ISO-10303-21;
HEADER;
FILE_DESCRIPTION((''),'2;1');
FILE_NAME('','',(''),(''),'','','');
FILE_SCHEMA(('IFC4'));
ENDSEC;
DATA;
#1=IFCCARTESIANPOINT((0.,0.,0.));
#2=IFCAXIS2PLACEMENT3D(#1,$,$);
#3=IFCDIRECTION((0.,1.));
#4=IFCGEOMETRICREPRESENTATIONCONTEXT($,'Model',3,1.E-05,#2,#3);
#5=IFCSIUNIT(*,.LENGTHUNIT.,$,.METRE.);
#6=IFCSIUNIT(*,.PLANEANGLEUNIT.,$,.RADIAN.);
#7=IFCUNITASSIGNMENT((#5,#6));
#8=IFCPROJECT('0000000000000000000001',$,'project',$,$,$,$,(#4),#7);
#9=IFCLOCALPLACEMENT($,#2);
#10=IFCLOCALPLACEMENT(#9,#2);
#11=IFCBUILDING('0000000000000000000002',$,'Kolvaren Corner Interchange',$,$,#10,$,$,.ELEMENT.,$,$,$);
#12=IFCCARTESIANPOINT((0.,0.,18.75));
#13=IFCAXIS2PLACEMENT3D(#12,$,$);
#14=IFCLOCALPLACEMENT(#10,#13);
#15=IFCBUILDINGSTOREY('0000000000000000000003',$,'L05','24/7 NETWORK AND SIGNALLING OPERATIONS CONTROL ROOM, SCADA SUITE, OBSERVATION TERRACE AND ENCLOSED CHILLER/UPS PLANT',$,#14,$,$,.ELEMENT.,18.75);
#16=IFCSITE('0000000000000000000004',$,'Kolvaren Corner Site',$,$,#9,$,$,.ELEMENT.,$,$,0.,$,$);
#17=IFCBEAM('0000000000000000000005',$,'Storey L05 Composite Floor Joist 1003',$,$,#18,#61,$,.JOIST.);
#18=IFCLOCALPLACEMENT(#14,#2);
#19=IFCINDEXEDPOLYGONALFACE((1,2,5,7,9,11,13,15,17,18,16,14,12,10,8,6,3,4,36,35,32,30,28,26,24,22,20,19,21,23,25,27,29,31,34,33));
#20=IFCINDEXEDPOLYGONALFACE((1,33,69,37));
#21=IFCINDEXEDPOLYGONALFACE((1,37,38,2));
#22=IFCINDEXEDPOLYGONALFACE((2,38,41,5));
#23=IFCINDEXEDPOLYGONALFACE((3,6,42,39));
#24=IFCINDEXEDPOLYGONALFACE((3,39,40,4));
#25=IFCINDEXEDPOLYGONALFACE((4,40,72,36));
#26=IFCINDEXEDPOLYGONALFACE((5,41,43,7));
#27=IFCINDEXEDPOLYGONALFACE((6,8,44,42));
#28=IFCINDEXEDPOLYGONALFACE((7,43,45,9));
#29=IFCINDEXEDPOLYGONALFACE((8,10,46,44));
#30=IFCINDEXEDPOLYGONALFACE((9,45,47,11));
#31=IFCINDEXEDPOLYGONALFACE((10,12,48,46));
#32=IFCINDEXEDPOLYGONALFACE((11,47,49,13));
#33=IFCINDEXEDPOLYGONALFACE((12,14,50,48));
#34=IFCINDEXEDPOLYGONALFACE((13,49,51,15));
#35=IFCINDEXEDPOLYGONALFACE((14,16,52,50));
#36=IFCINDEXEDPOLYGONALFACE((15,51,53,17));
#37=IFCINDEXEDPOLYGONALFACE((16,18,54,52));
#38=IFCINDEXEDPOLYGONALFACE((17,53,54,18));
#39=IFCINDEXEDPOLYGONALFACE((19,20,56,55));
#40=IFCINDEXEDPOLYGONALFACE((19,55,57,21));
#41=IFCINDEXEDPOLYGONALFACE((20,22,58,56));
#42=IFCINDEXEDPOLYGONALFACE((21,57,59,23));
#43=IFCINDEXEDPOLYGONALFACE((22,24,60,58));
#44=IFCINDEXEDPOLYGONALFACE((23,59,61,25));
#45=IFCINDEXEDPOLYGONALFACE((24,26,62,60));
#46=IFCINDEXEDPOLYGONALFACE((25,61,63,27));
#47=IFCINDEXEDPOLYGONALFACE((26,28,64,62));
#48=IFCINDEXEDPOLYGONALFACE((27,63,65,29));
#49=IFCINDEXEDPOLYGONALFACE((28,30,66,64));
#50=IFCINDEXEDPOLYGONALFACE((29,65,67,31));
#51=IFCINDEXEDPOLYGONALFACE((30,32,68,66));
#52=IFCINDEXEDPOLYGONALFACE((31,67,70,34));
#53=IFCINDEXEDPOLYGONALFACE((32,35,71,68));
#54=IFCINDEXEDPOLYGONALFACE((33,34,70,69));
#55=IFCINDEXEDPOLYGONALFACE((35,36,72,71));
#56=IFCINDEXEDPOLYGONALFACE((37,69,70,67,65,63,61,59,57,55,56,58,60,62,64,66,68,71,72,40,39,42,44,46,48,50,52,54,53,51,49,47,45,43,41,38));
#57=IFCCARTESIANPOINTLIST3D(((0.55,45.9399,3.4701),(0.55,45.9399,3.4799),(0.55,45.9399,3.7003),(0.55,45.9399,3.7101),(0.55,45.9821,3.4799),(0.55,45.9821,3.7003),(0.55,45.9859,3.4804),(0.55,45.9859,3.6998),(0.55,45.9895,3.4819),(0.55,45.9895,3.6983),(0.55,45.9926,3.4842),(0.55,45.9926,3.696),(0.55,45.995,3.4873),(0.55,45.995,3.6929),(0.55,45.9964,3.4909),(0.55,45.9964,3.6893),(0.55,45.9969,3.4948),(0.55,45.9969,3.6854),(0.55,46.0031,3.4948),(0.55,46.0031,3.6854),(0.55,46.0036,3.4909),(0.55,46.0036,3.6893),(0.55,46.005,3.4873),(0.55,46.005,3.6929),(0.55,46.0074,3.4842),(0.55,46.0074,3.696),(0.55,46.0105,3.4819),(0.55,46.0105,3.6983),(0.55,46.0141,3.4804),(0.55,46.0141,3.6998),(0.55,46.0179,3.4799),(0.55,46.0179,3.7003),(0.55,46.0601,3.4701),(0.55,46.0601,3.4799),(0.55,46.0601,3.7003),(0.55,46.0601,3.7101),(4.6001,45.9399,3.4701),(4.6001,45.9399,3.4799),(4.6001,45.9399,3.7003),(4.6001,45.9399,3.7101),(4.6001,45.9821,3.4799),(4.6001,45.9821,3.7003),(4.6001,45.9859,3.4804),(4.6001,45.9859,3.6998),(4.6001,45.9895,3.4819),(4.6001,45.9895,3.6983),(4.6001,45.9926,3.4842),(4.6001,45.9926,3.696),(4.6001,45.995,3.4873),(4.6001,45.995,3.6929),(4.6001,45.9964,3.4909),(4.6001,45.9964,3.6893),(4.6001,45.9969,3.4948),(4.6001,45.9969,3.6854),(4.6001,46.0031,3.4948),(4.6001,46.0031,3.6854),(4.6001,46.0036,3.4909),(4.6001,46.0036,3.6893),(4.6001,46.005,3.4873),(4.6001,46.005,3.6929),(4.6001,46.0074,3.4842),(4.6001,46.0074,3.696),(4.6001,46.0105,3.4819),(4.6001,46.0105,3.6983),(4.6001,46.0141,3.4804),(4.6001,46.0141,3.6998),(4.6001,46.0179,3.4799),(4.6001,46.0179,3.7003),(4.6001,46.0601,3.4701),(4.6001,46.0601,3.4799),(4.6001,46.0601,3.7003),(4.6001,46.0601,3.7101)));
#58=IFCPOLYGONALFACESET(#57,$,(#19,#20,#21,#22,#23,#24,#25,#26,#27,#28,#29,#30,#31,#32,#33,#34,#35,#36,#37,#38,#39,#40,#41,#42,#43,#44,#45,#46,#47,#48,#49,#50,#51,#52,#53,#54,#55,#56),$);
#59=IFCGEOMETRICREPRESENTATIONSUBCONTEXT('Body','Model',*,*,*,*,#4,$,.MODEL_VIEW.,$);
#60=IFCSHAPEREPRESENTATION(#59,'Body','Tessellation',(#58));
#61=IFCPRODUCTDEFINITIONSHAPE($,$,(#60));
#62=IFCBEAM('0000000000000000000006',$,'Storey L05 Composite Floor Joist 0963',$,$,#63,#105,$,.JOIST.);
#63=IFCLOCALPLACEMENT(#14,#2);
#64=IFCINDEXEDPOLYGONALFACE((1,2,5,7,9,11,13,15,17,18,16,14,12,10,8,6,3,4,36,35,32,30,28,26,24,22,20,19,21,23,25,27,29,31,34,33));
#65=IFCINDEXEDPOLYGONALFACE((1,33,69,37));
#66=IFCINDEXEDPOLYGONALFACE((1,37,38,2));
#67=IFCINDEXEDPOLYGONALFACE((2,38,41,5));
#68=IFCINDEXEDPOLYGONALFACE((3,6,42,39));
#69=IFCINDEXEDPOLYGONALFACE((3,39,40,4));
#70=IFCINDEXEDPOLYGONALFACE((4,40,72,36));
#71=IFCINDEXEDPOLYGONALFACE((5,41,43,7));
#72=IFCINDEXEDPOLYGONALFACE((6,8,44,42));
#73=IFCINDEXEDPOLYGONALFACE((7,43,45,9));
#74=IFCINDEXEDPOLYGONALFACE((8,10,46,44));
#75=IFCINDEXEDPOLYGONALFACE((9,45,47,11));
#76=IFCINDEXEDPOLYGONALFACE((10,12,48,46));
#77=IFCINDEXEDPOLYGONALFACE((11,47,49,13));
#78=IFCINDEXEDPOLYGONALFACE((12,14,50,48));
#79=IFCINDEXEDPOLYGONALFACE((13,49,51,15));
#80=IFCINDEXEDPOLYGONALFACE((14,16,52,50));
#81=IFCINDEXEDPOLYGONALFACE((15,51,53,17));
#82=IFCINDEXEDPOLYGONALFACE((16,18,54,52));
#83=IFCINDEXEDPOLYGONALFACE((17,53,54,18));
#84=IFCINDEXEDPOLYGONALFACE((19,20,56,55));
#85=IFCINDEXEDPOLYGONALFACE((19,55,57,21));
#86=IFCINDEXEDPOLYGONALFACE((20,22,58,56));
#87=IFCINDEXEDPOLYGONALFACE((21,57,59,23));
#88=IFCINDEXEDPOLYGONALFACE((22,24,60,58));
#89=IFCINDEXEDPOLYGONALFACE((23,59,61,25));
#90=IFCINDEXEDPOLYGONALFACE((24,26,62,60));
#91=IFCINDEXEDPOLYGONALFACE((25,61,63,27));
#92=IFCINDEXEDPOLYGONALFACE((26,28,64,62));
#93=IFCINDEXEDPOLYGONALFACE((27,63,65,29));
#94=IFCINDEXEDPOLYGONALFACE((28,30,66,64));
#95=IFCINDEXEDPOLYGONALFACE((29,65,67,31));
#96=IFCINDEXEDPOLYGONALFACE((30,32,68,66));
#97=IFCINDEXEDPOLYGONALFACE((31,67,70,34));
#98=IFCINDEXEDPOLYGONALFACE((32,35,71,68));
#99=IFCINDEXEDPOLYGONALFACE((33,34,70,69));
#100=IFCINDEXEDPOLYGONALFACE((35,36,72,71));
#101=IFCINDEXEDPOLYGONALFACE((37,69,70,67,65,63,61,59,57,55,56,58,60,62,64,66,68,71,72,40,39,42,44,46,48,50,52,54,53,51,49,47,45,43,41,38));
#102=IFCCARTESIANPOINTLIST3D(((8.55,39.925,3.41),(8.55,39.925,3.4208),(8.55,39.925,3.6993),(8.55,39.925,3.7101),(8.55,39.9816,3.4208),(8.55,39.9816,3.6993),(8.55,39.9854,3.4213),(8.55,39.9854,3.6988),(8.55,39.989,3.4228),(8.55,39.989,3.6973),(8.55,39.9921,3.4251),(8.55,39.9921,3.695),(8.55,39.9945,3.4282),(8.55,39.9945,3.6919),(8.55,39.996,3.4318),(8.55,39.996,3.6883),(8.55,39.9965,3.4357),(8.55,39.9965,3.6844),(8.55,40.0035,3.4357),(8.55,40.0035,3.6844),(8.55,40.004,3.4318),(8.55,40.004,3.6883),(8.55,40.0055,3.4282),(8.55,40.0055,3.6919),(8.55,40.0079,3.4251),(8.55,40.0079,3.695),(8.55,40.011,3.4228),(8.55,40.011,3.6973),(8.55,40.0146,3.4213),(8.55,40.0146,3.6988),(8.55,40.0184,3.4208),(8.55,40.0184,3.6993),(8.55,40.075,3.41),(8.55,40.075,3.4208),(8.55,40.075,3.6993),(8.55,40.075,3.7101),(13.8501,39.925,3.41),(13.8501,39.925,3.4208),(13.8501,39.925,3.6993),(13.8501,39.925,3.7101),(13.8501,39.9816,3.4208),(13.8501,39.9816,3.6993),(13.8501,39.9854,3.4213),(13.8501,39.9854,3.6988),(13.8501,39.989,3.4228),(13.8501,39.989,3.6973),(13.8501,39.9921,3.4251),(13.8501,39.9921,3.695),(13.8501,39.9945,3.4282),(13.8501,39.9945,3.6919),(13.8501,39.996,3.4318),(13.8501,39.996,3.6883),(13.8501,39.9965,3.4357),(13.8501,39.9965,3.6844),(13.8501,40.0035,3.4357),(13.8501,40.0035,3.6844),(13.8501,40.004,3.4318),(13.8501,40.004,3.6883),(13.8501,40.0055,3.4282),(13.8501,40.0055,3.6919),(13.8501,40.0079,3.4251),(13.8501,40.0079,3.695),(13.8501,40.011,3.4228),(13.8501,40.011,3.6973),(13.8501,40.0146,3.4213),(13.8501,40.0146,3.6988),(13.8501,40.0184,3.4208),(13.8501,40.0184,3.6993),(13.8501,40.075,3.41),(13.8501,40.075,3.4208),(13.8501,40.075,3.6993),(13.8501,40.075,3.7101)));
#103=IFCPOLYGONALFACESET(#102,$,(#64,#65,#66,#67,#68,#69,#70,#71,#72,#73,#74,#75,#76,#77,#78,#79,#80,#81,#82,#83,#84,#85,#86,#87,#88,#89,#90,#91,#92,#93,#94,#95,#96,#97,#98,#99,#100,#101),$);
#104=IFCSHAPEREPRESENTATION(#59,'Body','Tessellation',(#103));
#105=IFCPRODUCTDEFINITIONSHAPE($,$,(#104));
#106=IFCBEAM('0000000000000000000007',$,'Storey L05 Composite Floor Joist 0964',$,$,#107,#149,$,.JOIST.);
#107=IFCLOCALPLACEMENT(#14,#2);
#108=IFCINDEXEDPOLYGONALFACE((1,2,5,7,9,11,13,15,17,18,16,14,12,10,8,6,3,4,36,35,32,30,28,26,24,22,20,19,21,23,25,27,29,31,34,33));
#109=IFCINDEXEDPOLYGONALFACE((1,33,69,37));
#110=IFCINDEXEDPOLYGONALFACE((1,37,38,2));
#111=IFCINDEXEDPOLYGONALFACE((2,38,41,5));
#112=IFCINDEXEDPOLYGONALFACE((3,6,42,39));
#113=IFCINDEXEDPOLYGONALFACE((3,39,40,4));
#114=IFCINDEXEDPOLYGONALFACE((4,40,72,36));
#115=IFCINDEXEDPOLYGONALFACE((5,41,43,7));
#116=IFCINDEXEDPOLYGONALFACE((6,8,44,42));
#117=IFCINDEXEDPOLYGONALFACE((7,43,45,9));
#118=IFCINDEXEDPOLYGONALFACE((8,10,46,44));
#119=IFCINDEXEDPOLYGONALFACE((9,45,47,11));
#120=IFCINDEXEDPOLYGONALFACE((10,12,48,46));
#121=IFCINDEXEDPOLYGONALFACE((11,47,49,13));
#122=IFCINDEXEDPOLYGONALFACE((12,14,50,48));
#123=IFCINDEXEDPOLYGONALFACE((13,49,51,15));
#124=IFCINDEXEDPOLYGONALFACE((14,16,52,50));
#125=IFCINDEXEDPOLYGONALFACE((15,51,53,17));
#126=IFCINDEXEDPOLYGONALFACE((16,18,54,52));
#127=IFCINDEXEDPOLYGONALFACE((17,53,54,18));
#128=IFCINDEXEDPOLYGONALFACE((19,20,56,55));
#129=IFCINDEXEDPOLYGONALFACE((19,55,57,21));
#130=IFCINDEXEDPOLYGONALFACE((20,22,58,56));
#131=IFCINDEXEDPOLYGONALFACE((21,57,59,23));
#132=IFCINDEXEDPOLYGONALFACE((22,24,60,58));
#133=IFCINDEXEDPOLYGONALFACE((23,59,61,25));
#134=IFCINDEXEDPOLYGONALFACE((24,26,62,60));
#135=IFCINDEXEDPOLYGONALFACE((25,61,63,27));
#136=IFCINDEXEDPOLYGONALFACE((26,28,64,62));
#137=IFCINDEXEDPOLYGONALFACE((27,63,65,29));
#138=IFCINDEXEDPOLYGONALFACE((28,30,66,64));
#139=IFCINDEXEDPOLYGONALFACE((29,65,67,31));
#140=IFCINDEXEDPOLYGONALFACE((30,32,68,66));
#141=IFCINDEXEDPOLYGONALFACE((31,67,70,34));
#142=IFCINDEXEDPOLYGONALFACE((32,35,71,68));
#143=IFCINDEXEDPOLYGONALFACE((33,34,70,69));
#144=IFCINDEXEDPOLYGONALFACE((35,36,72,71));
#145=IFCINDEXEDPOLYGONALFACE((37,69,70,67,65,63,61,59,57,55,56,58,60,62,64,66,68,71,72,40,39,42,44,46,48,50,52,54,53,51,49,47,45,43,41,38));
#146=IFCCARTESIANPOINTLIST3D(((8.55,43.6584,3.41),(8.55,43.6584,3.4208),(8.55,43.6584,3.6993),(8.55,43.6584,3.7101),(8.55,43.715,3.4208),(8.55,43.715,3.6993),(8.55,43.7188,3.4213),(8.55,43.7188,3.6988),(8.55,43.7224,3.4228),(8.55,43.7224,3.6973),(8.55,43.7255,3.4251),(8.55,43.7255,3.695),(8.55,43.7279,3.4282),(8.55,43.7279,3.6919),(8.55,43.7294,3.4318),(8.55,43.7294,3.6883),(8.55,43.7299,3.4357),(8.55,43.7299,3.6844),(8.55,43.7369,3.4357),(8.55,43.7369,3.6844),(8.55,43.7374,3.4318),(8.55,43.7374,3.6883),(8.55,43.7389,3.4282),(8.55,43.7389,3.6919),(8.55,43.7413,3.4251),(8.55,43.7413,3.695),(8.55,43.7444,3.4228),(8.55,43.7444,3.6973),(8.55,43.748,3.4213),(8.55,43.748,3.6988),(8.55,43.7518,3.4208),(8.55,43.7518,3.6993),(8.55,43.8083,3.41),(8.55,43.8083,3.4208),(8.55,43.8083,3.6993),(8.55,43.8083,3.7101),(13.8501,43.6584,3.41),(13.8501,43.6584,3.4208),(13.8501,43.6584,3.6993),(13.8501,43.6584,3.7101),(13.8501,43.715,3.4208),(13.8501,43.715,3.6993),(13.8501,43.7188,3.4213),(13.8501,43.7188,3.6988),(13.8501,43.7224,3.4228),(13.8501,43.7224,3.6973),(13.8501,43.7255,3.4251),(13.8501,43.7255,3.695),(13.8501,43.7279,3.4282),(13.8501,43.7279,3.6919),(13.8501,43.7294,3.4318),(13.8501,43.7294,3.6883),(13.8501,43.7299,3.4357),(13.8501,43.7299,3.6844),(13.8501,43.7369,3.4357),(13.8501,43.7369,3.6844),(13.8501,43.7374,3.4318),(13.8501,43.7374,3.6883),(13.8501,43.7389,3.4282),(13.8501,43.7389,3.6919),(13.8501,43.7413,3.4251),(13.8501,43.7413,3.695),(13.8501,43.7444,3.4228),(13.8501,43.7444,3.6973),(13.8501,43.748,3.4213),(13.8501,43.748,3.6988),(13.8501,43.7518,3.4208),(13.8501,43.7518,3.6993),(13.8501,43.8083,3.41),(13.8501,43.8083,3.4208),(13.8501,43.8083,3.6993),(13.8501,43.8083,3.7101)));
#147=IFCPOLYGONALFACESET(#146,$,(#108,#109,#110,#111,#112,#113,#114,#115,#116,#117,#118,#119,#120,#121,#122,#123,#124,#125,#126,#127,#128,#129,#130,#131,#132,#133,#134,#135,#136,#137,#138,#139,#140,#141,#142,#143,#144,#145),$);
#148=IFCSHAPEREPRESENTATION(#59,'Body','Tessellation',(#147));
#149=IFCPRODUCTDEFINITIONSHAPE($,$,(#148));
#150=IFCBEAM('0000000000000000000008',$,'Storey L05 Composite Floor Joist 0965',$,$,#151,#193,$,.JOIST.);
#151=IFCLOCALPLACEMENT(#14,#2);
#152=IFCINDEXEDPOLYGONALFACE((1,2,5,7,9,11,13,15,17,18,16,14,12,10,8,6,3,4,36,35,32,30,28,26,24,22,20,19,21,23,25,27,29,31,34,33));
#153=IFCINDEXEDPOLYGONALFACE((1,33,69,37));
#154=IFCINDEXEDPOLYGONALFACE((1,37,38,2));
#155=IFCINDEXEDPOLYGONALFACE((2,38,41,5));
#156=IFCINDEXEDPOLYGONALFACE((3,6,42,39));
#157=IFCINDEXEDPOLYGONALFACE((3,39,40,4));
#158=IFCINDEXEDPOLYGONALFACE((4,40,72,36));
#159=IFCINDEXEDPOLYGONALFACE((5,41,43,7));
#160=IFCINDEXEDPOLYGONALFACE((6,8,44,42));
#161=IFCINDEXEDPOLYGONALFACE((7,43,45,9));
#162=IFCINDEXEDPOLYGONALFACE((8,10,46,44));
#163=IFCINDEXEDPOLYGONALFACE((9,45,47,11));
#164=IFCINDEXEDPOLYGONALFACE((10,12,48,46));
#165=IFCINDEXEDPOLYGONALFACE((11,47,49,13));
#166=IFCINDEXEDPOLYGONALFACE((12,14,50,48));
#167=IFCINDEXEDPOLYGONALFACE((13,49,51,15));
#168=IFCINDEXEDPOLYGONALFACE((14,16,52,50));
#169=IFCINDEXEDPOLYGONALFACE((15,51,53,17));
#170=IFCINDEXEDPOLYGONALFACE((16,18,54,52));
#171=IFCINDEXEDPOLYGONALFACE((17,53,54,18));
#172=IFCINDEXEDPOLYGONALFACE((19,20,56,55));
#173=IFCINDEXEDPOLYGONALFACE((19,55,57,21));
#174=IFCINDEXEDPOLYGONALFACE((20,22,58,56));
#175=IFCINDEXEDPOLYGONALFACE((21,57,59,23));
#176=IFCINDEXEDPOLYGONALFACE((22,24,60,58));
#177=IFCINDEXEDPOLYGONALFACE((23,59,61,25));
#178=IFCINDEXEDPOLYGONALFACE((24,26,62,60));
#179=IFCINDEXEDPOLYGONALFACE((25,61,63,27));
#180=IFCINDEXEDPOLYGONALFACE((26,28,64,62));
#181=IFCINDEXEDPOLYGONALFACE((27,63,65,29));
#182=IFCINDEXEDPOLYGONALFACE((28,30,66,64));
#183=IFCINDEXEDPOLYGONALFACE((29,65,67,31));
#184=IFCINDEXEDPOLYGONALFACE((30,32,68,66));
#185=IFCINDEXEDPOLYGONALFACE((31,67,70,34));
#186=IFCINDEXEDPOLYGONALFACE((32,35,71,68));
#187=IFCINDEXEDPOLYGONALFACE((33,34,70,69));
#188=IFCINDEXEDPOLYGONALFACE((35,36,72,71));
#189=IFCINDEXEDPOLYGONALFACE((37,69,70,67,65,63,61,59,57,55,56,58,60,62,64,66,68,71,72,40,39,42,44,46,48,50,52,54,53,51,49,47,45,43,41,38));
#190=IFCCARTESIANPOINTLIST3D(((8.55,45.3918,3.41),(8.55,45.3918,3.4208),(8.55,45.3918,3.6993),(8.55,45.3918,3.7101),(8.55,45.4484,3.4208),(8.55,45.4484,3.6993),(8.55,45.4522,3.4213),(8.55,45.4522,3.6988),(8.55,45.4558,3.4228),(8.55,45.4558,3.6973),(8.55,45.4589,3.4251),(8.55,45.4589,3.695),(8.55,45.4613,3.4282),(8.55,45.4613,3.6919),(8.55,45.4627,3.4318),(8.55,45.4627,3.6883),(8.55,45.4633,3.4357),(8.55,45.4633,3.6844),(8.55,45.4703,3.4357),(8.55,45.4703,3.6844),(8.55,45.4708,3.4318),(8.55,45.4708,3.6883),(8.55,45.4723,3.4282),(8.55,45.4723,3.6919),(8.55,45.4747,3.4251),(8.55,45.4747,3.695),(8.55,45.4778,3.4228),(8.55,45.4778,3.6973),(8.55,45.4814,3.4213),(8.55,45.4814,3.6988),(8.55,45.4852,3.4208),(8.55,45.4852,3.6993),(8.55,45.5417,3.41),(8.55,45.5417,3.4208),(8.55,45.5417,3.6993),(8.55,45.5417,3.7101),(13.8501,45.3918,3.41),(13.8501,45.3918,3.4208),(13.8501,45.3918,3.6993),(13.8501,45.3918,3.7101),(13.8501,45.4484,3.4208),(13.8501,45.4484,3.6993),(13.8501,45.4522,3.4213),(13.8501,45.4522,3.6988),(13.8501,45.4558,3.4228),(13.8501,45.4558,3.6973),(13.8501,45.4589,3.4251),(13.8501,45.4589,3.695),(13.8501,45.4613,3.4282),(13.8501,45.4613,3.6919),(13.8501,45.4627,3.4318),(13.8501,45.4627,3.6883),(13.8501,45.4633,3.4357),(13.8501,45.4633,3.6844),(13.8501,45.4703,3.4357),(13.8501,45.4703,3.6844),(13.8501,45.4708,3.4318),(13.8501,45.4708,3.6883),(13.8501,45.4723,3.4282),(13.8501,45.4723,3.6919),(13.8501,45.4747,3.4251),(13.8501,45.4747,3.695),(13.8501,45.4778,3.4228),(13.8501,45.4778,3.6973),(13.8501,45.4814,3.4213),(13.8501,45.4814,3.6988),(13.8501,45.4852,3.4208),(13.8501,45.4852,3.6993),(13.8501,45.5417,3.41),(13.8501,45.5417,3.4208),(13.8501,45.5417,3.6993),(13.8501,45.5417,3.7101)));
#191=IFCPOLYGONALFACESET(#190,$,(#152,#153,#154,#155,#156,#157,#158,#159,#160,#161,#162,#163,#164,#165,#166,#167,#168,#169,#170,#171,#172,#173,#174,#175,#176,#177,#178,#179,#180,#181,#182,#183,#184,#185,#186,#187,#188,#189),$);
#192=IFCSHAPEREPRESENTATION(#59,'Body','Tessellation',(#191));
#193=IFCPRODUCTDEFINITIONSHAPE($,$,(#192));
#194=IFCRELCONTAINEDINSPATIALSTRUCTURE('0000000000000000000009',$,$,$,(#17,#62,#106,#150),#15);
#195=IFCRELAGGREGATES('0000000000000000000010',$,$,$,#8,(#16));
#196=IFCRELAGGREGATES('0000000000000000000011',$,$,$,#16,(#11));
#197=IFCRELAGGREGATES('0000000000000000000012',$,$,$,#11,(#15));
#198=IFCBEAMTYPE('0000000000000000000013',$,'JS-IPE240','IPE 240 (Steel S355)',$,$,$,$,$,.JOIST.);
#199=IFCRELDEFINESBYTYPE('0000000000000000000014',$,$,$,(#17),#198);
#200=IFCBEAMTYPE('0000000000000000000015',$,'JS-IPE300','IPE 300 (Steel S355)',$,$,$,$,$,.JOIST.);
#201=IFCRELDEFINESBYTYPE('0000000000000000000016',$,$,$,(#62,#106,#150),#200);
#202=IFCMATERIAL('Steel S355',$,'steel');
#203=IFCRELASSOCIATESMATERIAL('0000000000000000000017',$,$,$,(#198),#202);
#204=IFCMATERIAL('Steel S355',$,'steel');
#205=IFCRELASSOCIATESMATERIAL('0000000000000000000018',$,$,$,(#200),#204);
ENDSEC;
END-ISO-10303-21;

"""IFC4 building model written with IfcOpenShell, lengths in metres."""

from ifc_helpers import new_model, si_unit, direction, frame, origin, origin_2d, place, context, subcontext, project, spatial, i_section, extrude, material, material_profile, profile_set, type_object, element, save


model = new_model("IFC4")

# Units and contexts
model_context = context("Model", 3, precision=1e-05, world=origin(), true_north=direction((0.0, 1.0)))
body_context = subcontext(model_context, "Body", "Model", "MODEL_VIEW")
ifc_project = project(units=[si_unit("LENGTHUNIT", "METRE"), si_unit("PLANEANGLEUNIT", "RADIAN")], contexts=[model_context])

# Site, building, storey
site_placement = place(None, origin())
site = spatial("IfcSite", under=ifc_project, at=site_placement, Name="Kolvaren Corner Site", CompositionType="ELEMENT", RefElevation=0.0)
building_placement = place(site_placement, origin())
building = spatial("IfcBuilding", under=site, at=building_placement, Name="Kolvaren Corner Interchange", CompositionType="ELEMENT")
storey_placement = place(building_placement, frame((0.0, 0.0, 18.75)))
storey = spatial("IfcBuildingStorey", under=building, at=storey_placement, Name="L05", Description="24/7 NETWORK AND SIGNALLING OPERATIONS CONTROL ROOM, SCADA SUITE, OBSERVATION TERRACE AND ENCLOSED CHILLER/UPS PLANT", CompositionType="ELEMENT", Elevation=18.75)

# Beams
ifc_material_1 = material(Name="Steel S355", Category="steel")
ifc_material_profile_1 = material_profile(ifc_material_1, i_section(OverallWidth=0.1201, OverallDepth=0.24, WebThickness=0.0061, FlangeThickness=0.0098, FilletRadius=0.0149, at=origin_2d()), Name="IPE 240")
ifc_profile_set_1 = profile_set([ifc_material_profile_1], Name="Steel S355")
beam_type_1 = type_object("IfcBeamType", Name="JS-IPE240", Description="IPE 240 (Steel S355)", PredefinedType="JOIST", material=ifc_profile_set_1)
for number, where, z_axis, x_axis, name in (
    (1, (0.55, 46.0, 3.5901), (1.0, 0.0, 0.0), (0.0, 1.0, 0.0), "Storey L05 Composite Floor Joist 1003"),
):
    element("IfcBeam", number, at=place(storey_placement, frame(where, z_axis=z_axis, x_axis=x_axis)), inside=storey, type_object=beam_type_1, Name=name, PredefinedType="JOIST", context=body_context, shape_type="SweptSolid", body=[
        extrude(i_section(OverallWidth=0.1201, OverallDepth=0.24, WebThickness=0.0061, FlangeThickness=0.0098, FilletRadius=0.0149, at=origin_2d()), origin(), (0.0, 0.0, 1.0), 4.05),
    ])
ifc_material_2 = material(Name="Steel S355", Category="steel")
ifc_material_profile_2 = material_profile(ifc_material_2, i_section(OverallWidth=0.1499, OverallDepth=0.3, WebThickness=0.0071, FlangeThickness=0.0107, FilletRadius=0.0149, at=origin_2d()), Name="IPE 300")
ifc_profile_set_2 = profile_set([ifc_material_profile_2], Name="Steel S355")
beam_type_2 = type_object("IfcBeamType", Name="JS-IPE300", Description="IPE 300 (Steel S355)", PredefinedType="JOIST", material=ifc_profile_set_2)
for number, where, z_axis, x_axis, name in (
    (2, (8.55, 40.0, 3.5601), (1.0, 0.0, 0.0), (0.0, 1.0, 0.0), "Storey L05 Composite Floor Joist 0963"),
    (3, (8.55, 43.7334, 3.5601), (1.0, 0.0, 0.0), (0.0, 1.0, 0.0), "Storey L05 Composite Floor Joist 0964"),
    (4, (8.55, 45.4668, 3.5601), (1.0, 0.0, 0.0), (0.0, 1.0, 0.0), "Storey L05 Composite Floor Joist 0965"),
):
    element("IfcBeam", number, at=place(storey_placement, frame(where, z_axis=z_axis, x_axis=x_axis)), inside=storey, type_object=beam_type_2, Name=name, PredefinedType="JOIST", context=body_context, shape_type="SweptSolid", body=[
        extrude(i_section(OverallWidth=0.1499, OverallDepth=0.3, WebThickness=0.0071, FlangeThickness=0.0107, FilletRadius=0.0149, at=origin_2d()), origin(), (0.0, 0.0, 1.0), 5.3),
    ])

save(model, "model.ifc")
